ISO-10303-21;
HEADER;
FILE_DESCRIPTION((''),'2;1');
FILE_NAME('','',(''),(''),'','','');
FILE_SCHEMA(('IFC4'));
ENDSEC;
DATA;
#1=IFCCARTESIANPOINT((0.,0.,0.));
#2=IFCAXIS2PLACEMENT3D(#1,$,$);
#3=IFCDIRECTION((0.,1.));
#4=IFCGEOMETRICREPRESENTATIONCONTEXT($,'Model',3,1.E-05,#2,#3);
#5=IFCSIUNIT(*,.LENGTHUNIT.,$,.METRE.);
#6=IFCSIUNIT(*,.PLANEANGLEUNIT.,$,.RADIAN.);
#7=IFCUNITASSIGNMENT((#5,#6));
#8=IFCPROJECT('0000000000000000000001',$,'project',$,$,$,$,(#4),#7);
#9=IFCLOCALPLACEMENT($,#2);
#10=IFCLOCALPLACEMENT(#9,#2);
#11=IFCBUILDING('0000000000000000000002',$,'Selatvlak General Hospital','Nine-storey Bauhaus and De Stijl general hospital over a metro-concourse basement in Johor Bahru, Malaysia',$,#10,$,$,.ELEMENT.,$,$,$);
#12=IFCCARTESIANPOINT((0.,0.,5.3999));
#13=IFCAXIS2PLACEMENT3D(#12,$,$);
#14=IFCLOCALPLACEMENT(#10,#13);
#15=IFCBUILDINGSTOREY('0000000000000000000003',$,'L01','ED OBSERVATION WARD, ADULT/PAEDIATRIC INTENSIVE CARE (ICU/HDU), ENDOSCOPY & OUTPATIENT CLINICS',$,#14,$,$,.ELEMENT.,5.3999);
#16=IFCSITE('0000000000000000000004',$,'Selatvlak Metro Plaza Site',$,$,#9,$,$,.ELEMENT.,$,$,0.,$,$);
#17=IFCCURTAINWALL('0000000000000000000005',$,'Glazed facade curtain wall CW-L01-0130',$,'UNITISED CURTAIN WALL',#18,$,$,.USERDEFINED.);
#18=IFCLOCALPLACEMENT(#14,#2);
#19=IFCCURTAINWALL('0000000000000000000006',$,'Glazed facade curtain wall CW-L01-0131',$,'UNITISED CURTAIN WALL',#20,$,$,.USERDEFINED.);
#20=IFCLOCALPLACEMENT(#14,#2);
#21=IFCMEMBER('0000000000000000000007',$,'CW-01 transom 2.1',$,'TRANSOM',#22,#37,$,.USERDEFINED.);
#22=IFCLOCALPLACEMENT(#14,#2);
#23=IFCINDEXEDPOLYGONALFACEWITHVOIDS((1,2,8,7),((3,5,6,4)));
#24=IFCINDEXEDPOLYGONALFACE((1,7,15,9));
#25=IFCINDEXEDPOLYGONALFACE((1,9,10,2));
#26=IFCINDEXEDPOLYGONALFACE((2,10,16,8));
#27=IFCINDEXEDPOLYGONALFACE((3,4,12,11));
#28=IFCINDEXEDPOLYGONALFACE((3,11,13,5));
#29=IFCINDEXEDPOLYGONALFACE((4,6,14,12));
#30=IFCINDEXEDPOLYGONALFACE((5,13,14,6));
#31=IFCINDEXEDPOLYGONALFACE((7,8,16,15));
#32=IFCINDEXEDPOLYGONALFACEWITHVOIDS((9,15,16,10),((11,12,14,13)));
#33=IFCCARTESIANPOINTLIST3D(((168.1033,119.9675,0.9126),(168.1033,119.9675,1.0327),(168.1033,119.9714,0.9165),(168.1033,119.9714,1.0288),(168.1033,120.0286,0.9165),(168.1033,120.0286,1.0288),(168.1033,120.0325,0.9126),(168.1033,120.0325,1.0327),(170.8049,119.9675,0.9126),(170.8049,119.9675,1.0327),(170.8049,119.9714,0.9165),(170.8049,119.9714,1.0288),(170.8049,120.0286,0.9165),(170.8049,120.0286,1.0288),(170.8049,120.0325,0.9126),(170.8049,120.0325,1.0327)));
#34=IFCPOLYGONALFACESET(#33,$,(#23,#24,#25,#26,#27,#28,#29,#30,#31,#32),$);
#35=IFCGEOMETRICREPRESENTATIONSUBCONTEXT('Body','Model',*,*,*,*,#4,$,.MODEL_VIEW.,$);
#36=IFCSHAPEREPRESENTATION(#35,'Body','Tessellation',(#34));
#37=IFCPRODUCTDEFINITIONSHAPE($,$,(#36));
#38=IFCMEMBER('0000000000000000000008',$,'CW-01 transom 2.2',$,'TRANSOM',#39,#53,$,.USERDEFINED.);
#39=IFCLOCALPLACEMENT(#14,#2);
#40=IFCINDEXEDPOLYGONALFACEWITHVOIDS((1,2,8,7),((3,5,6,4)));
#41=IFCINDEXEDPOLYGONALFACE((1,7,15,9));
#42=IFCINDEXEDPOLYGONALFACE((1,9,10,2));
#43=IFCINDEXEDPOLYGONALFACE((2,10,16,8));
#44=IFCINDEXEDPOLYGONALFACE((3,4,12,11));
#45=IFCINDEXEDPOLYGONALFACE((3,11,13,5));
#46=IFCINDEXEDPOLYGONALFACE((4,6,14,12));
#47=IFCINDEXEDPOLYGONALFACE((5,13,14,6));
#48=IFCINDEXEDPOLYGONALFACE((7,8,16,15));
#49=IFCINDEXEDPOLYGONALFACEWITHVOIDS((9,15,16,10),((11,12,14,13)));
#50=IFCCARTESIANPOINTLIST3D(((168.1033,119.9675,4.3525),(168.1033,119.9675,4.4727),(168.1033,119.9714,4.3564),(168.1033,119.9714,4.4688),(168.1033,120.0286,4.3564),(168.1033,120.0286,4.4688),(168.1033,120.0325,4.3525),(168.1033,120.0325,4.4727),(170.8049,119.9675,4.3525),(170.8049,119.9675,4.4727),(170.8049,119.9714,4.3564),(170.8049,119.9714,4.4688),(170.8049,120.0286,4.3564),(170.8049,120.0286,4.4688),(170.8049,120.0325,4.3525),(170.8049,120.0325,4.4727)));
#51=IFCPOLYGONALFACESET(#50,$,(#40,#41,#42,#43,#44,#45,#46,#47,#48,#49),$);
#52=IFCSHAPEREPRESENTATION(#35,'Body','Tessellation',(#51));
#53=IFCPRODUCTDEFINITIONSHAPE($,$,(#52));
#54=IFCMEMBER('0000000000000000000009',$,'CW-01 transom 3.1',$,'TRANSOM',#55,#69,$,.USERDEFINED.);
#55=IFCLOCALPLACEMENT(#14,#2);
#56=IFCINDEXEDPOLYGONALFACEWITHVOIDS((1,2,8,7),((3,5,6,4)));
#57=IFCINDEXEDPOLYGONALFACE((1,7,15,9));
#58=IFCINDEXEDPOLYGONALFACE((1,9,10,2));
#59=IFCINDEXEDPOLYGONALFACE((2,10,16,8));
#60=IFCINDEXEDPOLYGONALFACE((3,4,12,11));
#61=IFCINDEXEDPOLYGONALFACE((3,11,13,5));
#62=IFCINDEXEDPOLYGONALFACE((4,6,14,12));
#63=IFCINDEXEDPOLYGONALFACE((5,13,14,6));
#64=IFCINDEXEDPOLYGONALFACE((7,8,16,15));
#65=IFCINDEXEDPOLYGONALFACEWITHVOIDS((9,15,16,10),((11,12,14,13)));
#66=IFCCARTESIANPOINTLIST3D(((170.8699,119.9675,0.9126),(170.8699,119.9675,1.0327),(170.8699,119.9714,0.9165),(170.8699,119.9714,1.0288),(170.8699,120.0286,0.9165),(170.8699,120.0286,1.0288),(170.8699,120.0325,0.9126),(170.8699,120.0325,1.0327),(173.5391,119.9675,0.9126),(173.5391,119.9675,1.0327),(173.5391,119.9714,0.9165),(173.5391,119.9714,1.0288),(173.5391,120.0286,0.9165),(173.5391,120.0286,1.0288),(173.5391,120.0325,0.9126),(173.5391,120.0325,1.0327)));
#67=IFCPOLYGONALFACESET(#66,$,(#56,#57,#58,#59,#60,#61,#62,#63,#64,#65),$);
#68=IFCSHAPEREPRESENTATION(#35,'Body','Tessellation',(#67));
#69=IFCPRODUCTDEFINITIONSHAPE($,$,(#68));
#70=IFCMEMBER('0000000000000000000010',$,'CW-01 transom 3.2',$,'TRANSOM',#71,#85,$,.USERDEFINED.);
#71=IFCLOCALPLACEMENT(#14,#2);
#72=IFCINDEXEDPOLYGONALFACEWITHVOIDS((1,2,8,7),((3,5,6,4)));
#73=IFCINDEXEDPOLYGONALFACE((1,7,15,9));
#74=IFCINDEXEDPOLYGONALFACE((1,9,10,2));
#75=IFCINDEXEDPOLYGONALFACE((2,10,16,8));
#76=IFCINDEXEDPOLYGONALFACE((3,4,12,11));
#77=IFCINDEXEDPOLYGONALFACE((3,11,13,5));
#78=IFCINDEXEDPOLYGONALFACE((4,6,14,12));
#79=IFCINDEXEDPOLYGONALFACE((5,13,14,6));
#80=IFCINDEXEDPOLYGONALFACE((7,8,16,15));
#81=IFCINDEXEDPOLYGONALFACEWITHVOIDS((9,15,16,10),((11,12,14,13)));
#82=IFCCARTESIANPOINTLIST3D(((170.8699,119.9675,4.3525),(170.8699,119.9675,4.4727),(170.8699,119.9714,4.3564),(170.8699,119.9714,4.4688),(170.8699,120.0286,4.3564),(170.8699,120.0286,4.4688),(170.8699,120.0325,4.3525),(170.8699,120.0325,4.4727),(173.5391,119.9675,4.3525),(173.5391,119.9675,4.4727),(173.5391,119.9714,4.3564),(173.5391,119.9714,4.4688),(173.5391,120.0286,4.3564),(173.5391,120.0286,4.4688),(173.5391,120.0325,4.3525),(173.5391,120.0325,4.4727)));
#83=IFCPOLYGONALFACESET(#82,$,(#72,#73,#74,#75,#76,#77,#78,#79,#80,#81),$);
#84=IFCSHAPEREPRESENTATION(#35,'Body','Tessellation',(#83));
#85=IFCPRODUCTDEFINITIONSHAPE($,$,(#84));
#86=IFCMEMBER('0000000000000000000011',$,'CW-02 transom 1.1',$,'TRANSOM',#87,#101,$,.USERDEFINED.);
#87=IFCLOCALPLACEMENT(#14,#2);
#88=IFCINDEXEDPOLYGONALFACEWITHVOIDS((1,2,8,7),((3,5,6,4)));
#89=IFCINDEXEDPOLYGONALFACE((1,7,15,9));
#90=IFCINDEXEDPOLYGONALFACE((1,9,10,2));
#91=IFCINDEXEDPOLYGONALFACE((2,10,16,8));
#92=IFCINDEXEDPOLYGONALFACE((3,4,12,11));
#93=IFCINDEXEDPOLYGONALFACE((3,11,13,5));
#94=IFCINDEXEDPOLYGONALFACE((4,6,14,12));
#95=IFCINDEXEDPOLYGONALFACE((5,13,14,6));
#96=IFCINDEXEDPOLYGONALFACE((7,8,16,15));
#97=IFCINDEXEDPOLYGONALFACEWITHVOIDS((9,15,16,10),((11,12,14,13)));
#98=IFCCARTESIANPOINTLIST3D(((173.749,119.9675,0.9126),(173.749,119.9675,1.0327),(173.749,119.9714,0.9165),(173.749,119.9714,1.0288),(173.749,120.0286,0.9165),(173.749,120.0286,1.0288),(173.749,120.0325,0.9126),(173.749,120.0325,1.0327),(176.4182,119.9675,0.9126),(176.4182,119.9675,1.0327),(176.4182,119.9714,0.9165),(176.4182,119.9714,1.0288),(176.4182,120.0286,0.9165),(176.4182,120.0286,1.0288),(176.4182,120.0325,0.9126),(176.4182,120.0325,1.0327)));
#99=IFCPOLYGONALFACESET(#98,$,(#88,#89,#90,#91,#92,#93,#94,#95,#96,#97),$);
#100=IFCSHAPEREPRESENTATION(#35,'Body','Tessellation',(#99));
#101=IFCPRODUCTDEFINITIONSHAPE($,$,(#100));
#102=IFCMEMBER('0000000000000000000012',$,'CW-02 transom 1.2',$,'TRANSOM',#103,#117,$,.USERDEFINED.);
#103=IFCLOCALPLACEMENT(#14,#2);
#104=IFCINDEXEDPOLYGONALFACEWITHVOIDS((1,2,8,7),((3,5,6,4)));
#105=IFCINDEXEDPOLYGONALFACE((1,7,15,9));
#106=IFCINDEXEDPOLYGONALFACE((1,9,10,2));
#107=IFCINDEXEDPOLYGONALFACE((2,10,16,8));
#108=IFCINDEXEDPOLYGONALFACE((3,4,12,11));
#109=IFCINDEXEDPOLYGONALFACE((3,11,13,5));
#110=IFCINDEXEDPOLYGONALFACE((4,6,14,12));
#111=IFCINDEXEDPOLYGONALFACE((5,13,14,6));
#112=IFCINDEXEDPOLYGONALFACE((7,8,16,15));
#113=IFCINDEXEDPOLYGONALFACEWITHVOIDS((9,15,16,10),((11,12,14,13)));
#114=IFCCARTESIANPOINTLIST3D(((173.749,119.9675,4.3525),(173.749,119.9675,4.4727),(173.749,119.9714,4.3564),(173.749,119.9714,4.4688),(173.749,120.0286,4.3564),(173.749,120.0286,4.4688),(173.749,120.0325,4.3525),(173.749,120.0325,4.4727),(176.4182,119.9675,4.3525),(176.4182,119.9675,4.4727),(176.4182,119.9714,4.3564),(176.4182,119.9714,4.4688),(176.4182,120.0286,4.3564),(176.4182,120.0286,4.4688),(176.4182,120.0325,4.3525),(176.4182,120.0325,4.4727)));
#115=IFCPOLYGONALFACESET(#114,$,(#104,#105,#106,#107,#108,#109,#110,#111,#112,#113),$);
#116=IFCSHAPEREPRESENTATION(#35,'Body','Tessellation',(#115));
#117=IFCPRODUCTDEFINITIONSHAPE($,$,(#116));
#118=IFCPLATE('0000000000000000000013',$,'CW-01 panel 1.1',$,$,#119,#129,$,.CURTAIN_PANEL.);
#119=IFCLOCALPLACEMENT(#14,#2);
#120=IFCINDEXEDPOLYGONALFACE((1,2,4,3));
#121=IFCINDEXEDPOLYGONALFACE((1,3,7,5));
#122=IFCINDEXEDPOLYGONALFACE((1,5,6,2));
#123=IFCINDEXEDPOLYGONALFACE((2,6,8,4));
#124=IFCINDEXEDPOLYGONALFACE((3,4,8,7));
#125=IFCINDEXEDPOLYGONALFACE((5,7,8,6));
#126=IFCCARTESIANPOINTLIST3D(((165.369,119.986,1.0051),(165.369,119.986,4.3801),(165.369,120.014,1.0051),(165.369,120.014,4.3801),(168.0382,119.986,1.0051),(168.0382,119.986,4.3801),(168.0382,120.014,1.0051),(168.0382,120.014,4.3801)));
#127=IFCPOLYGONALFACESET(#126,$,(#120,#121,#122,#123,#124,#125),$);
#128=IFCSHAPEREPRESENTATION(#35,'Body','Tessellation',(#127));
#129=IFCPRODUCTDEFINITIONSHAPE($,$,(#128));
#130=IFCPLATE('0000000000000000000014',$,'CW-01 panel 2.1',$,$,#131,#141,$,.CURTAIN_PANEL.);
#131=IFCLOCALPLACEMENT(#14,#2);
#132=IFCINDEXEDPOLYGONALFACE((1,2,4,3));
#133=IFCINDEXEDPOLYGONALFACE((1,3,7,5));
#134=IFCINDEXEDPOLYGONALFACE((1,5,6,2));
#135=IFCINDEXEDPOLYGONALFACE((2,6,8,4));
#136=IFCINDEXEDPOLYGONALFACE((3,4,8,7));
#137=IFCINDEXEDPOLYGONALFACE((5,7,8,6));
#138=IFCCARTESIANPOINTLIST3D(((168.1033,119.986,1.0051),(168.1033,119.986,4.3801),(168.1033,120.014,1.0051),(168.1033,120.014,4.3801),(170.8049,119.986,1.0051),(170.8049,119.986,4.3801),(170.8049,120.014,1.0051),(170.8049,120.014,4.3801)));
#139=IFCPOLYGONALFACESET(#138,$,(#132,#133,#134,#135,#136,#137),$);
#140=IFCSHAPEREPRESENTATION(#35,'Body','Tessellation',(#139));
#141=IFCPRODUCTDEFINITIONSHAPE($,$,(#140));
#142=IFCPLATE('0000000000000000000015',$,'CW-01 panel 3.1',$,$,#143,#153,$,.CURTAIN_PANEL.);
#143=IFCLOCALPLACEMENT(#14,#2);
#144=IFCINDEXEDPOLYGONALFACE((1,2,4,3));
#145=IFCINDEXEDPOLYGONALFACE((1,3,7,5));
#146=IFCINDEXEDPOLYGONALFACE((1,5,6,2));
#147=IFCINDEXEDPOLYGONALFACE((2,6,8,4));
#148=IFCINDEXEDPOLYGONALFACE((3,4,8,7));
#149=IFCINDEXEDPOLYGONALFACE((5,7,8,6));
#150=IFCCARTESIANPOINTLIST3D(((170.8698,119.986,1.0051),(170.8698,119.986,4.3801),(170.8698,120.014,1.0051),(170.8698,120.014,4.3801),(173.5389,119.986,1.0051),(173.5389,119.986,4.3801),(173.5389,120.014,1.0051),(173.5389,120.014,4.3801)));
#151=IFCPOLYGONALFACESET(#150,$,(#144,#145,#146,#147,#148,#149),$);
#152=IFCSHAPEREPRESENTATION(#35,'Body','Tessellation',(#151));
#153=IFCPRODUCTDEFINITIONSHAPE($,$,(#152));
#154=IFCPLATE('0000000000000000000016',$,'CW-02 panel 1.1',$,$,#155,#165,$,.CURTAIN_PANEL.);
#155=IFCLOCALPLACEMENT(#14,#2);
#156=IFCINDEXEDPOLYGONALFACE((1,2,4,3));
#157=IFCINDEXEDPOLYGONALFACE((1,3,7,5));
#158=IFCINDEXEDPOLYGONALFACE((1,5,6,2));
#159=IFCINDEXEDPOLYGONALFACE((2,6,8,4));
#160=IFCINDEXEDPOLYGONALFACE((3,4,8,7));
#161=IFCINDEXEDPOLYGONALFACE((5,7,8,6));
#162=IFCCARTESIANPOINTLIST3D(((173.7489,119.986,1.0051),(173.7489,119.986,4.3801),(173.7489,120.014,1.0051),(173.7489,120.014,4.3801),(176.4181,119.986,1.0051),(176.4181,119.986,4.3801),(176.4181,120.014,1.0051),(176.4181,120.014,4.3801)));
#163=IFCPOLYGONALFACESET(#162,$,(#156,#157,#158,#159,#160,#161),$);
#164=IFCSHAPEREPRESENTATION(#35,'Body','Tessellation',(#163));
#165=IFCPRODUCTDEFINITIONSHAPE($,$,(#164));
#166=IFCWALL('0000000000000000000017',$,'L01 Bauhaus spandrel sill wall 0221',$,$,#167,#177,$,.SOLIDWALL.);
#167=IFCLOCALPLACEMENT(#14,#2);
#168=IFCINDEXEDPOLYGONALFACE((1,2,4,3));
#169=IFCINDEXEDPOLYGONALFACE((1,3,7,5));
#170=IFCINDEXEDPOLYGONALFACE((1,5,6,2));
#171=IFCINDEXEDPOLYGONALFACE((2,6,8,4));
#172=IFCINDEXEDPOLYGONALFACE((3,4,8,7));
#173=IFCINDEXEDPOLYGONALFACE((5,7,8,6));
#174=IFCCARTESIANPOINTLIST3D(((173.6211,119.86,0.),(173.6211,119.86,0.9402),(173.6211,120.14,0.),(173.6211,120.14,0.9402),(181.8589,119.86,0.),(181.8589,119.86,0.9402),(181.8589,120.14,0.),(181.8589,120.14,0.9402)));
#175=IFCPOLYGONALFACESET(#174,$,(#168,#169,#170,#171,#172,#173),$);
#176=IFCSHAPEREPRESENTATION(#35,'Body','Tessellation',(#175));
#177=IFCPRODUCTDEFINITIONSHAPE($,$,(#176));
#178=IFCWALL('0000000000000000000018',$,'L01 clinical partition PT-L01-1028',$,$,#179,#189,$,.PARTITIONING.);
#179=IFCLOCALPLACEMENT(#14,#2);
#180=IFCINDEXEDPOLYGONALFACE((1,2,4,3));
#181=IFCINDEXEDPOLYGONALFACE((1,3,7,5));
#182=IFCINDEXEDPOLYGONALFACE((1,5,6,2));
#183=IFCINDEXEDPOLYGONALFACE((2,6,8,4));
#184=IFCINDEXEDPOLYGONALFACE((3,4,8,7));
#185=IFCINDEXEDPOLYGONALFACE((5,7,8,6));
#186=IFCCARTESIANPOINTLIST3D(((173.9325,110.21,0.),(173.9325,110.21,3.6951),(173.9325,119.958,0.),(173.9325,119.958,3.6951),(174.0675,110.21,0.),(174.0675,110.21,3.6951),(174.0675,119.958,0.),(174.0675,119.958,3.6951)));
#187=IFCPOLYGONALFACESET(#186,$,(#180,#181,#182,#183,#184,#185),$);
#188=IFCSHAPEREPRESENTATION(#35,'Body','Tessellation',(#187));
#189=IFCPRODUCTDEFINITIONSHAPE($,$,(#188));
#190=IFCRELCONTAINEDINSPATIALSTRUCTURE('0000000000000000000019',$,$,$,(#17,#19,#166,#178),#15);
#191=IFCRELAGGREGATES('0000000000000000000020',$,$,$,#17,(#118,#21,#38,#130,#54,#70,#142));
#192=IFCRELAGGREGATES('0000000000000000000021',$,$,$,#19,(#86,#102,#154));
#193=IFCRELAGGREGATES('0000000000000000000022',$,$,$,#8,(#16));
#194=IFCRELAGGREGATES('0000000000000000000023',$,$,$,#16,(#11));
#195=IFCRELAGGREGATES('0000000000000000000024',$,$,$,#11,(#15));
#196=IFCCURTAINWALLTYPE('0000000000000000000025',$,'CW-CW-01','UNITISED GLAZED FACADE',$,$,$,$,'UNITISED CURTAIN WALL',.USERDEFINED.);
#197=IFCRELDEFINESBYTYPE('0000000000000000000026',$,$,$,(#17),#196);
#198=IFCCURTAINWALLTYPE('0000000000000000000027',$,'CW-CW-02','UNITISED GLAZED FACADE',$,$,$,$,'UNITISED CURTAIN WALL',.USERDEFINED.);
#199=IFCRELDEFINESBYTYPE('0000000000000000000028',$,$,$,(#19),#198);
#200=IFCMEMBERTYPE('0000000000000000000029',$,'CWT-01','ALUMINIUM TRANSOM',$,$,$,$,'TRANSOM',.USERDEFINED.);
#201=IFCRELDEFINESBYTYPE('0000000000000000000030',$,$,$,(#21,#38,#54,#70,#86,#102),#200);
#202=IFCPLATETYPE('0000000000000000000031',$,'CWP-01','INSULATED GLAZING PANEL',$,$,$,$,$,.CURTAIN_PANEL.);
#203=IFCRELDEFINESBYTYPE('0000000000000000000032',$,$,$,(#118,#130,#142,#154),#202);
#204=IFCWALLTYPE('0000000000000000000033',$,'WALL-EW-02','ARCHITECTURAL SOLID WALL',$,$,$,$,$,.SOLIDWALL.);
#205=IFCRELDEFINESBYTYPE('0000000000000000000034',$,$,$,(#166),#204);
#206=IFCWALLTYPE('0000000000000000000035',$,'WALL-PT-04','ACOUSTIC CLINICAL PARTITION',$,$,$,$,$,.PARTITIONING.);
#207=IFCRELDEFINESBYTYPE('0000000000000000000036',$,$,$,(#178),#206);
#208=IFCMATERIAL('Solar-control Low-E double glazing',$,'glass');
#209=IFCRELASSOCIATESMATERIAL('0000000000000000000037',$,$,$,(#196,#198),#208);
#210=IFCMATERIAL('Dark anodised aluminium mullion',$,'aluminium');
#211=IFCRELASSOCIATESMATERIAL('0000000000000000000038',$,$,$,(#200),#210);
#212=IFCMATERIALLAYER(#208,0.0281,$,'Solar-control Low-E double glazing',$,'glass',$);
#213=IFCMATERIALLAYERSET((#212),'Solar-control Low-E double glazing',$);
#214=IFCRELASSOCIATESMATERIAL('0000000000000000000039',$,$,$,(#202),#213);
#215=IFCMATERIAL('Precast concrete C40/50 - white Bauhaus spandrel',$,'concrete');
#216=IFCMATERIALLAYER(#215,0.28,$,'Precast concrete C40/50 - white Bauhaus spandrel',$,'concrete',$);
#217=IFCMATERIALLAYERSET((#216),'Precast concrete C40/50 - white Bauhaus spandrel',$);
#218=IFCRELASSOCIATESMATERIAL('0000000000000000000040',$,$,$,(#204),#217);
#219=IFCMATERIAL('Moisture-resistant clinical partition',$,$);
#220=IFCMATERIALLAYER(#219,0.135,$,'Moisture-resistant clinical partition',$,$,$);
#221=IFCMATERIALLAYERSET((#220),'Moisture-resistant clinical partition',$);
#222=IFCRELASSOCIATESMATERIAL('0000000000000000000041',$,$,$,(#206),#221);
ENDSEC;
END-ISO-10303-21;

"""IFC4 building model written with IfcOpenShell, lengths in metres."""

from ifc_helpers import new_model, si_unit, direction, frame, frame_2d, origin, origin_2d, place, context, subcontext, project, spatial, rectangle, hollow_rectangle, extrude, material, layer, layer_set, material_profile, profile_set, type_object, element, aggregate, save


model = new_model("IFC4")

# Units and contexts
model_context = context("Model", 3, precision=1e-05, world=origin(), true_north=direction((0.0, 1.0)))
body_context = subcontext(model_context, "Body", "Model", "MODEL_VIEW")
ifc_project = project(units=[si_unit("LENGTHUNIT", "METRE"), si_unit("PLANEANGLEUNIT", "RADIAN")], contexts=[model_context])

# Site, building, storey
site_placement = place(None, origin())
site = spatial("IfcSite", under=ifc_project, at=site_placement, Name="Selatvlak Metro Plaza Site", CompositionType="ELEMENT", RefElevation=0.0)
building_placement = place(site_placement, origin())
building = spatial("IfcBuilding", under=site, at=building_placement, Name="Selatvlak General Hospital", Description="Nine-storey Bauhaus and De Stijl general hospital over a metro-concourse basement in Johor Bahru, Malaysia", CompositionType="ELEMENT")
storey_placement = place(building_placement, frame((0.0, 0.0, 5.3999)))
storey = spatial("IfcBuildingStorey", under=building, at=storey_placement, Name="L01", Description="ED OBSERVATION WARD, ADULT/PAEDIATRIC INTENSIVE CARE (ICU/HDU), ENDOSCOPY & OUTPATIENT CLINICS", CompositionType="ELEMENT", Elevation=5.3999)

# Curtain walls
ifc_material_1 = material(Name="Solar-control Low-E double glazing", Category="glass")
curtain_wall_type_1 = type_object("IfcCurtainWallType", Name="CW-CW-01", Description="UNITISED GLAZED FACADE", ElementType="UNITISED CURTAIN WALL", PredefinedType="USERDEFINED", material=ifc_material_1)
curtain_wall_1_placement = place(storey_placement, origin())
curtain_wall_1 = element("IfcCurtainWall", 1, at=curtain_wall_1_placement, inside=storey, type_object=curtain_wall_type_1, Name="Glazed facade curtain wall CW-L01-0130", ObjectType="UNITISED CURTAIN WALL", PredefinedType="USERDEFINED")
ifc_material_2 = material(Name="Dark anodised aluminium mullion", Category="aluminium")
curtain_wall_type_2 = type_object("IfcCurtainWallType", Name="CW-CW-02", Description="UNITISED GLAZED FACADE", ElementType="UNITISED CURTAIN WALL", PredefinedType="USERDEFINED", material=ifc_material_1)
curtain_wall_2_placement = place(storey_placement, origin())
curtain_wall_2 = element("IfcCurtainWall", 2, at=curtain_wall_2_placement, inside=storey, type_object=curtain_wall_type_2, Name="Glazed facade curtain wall CW-L01-0131", ObjectType="UNITISED CURTAIN WALL", PredefinedType="USERDEFINED")

# Members
ifc_material_profile_1 = material_profile(ifc_material_2, hollow_rectangle(XDim=0.0649, YDim=0.1201, WallThickness=0.0039, at=origin_2d()), Name="AL-TRN 65x120x4")
ifc_profile_set_1 = profile_set([ifc_material_profile_1], Name="Dark anodised aluminium mullion")
member_type_1 = type_object("IfcMemberType", Name="CWT-01", Description="ALUMINIUM TRANSOM", ElementType="TRANSOM", PredefinedType="USERDEFINED", material=ifc_profile_set_1)
member_1_placement = place(storey_placement, frame((168.1033, 120.0, 0.9727), z_axis=(1.0, 0.0, 0.0), x_axis=(0.0, 1.0, 0.0)))
member_1 = element("IfcMember", 3, at=member_1_placement, type_object=member_type_1, Name="CW-01 transom 2.1", ObjectType="TRANSOM", PredefinedType="USERDEFINED", context=body_context, shape_type="SweptSolid", body=[
    extrude(hollow_rectangle(XDim=0.0649, YDim=0.1201, WallThickness=0.0039, at=origin_2d()), origin(), (0.0, 0.0, 1.0), 2.7017),
])
member_2_placement = place(storey_placement, frame((168.1033, 120.0, 4.4126), z_axis=(1.0, 0.0, 0.0), x_axis=(0.0, 1.0, 0.0)))
member_2 = element("IfcMember", 4, at=member_2_placement, type_object=member_type_1, Name="CW-01 transom 2.2", ObjectType="TRANSOM", PredefinedType="USERDEFINED", context=body_context, shape_type="SweptSolid", body=[
    extrude(hollow_rectangle(XDim=0.0649, YDim=0.1201, WallThickness=0.0039, at=origin_2d()), origin(), (0.0, 0.0, 1.0), 2.7017),
])
member_3_placement = place(storey_placement, frame((170.8699, 120.0, 0.9727), z_axis=(1.0, 0.0, 0.0), x_axis=(0.0, 1.0, 0.0)))
member_3 = element("IfcMember", 5, at=member_3_placement, type_object=member_type_1, Name="CW-01 transom 3.1", ObjectType="TRANSOM", PredefinedType="USERDEFINED", context=body_context, shape_type="SweptSolid", body=[
    extrude(hollow_rectangle(XDim=0.0649, YDim=0.1201, WallThickness=0.0039, at=origin_2d()), origin(), (0.0, 0.0, 1.0), 2.6692),
])
member_4_placement = place(storey_placement, frame((170.8699, 120.0, 4.4126), z_axis=(1.0, 0.0, 0.0), x_axis=(0.0, 1.0, 0.0)))
member_4 = element("IfcMember", 6, at=member_4_placement, type_object=member_type_1, Name="CW-01 transom 3.2", ObjectType="TRANSOM", PredefinedType="USERDEFINED", context=body_context, shape_type="SweptSolid", body=[
    extrude(hollow_rectangle(XDim=0.0649, YDim=0.1201, WallThickness=0.0039, at=origin_2d()), origin(), (0.0, 0.0, 1.0), 2.6692),
])
member_5_placement = place(storey_placement, frame((173.749, 120.0, 0.9727), z_axis=(1.0, 0.0, 0.0), x_axis=(0.0, 1.0, 0.0)))
member_5 = element("IfcMember", 7, at=member_5_placement, type_object=member_type_1, Name="CW-02 transom 1.1", ObjectType="TRANSOM", PredefinedType="USERDEFINED", context=body_context, shape_type="SweptSolid", body=[
    extrude(hollow_rectangle(XDim=0.0649, YDim=0.1201, WallThickness=0.0039, at=origin_2d()), origin(), (0.0, 0.0, 1.0), 2.6692),
])
member_6_placement = place(storey_placement, frame((173.749, 120.0, 4.4126), z_axis=(1.0, 0.0, 0.0), x_axis=(0.0, 1.0, 0.0)))
member_6 = element("IfcMember", 8, at=member_6_placement, type_object=member_type_1, Name="CW-02 transom 1.2", ObjectType="TRANSOM", PredefinedType="USERDEFINED", context=body_context, shape_type="SweptSolid", body=[
    extrude(hollow_rectangle(XDim=0.0649, YDim=0.1201, WallThickness=0.0039, at=origin_2d()), origin(), (0.0, 0.0, 1.0), 2.6692),
])

# Plates
ifc_layer_1 = layer(ifc_material_1, 0.0281, Name="Solar-control Low-E double glazing", Category="glass")
ifc_layer_set_1 = layer_set([ifc_layer_1], Name="Solar-control Low-E double glazing")
plate_type = type_object("IfcPlateType", Name="CWP-01", Description="INSULATED GLAZING PANEL", PredefinedType="CURTAIN_PANEL", material=ifc_layer_set_1)
plate_1_placement = place(storey_placement, frame((166.7036, 120.0, 1.0051), z_axis=(0.0, 0.0, 1.0), x_axis=(1.0, 0.0, 0.0)))
plate_1 = element("IfcPlate", 9, at=plate_1_placement, type_object=plate_type, Name="CW-01 panel 1.1", PredefinedType="CURTAIN_PANEL", context=body_context, shape_type="SweptSolid", body=[
    extrude(rectangle(XDim=2.6692, YDim=0.0281, at=origin_2d()), origin(), (0.0, 0.0, 1.0), 3.375),
])
plate_2_placement = place(storey_placement, frame((169.4541, 120.0, 1.0051), z_axis=(0.0, 0.0, 1.0), x_axis=(1.0, 0.0, 0.0)))
plate_2 = element("IfcPlate", 10, at=plate_2_placement, type_object=plate_type, Name="CW-01 panel 2.1", PredefinedType="CURTAIN_PANEL", context=body_context, shape_type="SweptSolid", body=[
    extrude(rectangle(XDim=2.7017, YDim=0.0281, at=origin_2d()), origin(), (0.0, 0.0, 1.0), 3.375),
])
plate_3_placement = place(storey_placement, frame((172.2043, 120.0, 1.0051), z_axis=(0.0, 0.0, 1.0), x_axis=(1.0, 0.0, 0.0)))
plate_3 = element("IfcPlate", 11, at=plate_3_placement, type_object=plate_type, Name="CW-01 panel 3.1", PredefinedType="CURTAIN_PANEL", context=body_context, shape_type="SweptSolid", body=[
    extrude(rectangle(XDim=2.6692, YDim=0.0281, at=origin_2d()), origin(), (0.0, 0.0, 1.0), 3.375),
])
aggregate(curtain_wall_1, [plate_1, member_1, member_2, plate_2, member_3, member_4, plate_3])
plate_4_placement = place(storey_placement, frame((175.0835, 120.0, 1.0051), z_axis=(0.0, 0.0, 1.0), x_axis=(1.0, 0.0, 0.0)))
plate_4 = element("IfcPlate", 12, at=plate_4_placement, type_object=plate_type, Name="CW-02 panel 1.1", PredefinedType="CURTAIN_PANEL", context=body_context, shape_type="SweptSolid", body=[
    extrude(rectangle(XDim=2.6692, YDim=0.0281, at=origin_2d()), origin(), (0.0, 0.0, 1.0), 3.375),
])
aggregate(curtain_wall_2, [member_5, member_6, plate_4])

# Walls
ifc_material_3 = material(Name="Precast concrete C40/50 - white Bauhaus spandrel", Category="concrete")
ifc_layer_2 = layer(ifc_material_3, 0.28, Name="Precast concrete C40/50 - white Bauhaus spandrel", Category="concrete")
ifc_layer_set_2 = layer_set([ifc_layer_2], Name="Precast concrete C40/50 - white Bauhaus spandrel")
wall_type_1 = type_object("IfcWallType", Name="WALL-EW-02", Description="ARCHITECTURAL SOLID WALL", PredefinedType="SOLIDWALL", material=ifc_layer_set_2)
wall_1_placement = place(storey_placement, frame((173.6211, 120.0, 0.0), z_axis=(0.0, 0.0, 1.0), x_axis=(1.0, 0.0, 0.0)))
element("IfcWall", 13, at=wall_1_placement, inside=storey, type_object=wall_type_1, Name="L01 Bauhaus spandrel sill wall 0221", PredefinedType="SOLIDWALL", context=body_context, shape_type="SweptSolid", body=[
    extrude(rectangle(XDim=8.2378, YDim=0.28, at=frame_2d((4.1189, 0.0))), origin(), (0.0, 0.0, 1.0), 0.9402),
])
ifc_material_4 = material(Name="Moisture-resistant clinical partition")
ifc_layer_3 = layer(ifc_material_4, 0.135, Name="Moisture-resistant clinical partition")
ifc_layer_set_3 = layer_set([ifc_layer_3], Name="Moisture-resistant clinical partition")
wall_type_2 = type_object("IfcWallType", Name="WALL-PT-04", Description="ACOUSTIC CLINICAL PARTITION", PredefinedType="PARTITIONING", material=ifc_layer_set_3)
wall_2_placement = place(storey_placement, frame((174.0, 119.958, 0.0), z_axis=(0.0, 0.0, 1.0), x_axis=(0.0, -1.0, 0.0)))
element("IfcWall", 14, at=wall_2_placement, inside=storey, type_object=wall_type_2, Name="L01 clinical partition PT-L01-1028", PredefinedType="PARTITIONING", context=body_context, shape_type="SweptSolid", body=[
    extrude(rectangle(XDim=9.748, YDim=0.135, at=frame_2d((4.874, 0.0))), origin(), (0.0, 0.0, 1.0), 3.6951),
])

save(model, "model.ifc")
